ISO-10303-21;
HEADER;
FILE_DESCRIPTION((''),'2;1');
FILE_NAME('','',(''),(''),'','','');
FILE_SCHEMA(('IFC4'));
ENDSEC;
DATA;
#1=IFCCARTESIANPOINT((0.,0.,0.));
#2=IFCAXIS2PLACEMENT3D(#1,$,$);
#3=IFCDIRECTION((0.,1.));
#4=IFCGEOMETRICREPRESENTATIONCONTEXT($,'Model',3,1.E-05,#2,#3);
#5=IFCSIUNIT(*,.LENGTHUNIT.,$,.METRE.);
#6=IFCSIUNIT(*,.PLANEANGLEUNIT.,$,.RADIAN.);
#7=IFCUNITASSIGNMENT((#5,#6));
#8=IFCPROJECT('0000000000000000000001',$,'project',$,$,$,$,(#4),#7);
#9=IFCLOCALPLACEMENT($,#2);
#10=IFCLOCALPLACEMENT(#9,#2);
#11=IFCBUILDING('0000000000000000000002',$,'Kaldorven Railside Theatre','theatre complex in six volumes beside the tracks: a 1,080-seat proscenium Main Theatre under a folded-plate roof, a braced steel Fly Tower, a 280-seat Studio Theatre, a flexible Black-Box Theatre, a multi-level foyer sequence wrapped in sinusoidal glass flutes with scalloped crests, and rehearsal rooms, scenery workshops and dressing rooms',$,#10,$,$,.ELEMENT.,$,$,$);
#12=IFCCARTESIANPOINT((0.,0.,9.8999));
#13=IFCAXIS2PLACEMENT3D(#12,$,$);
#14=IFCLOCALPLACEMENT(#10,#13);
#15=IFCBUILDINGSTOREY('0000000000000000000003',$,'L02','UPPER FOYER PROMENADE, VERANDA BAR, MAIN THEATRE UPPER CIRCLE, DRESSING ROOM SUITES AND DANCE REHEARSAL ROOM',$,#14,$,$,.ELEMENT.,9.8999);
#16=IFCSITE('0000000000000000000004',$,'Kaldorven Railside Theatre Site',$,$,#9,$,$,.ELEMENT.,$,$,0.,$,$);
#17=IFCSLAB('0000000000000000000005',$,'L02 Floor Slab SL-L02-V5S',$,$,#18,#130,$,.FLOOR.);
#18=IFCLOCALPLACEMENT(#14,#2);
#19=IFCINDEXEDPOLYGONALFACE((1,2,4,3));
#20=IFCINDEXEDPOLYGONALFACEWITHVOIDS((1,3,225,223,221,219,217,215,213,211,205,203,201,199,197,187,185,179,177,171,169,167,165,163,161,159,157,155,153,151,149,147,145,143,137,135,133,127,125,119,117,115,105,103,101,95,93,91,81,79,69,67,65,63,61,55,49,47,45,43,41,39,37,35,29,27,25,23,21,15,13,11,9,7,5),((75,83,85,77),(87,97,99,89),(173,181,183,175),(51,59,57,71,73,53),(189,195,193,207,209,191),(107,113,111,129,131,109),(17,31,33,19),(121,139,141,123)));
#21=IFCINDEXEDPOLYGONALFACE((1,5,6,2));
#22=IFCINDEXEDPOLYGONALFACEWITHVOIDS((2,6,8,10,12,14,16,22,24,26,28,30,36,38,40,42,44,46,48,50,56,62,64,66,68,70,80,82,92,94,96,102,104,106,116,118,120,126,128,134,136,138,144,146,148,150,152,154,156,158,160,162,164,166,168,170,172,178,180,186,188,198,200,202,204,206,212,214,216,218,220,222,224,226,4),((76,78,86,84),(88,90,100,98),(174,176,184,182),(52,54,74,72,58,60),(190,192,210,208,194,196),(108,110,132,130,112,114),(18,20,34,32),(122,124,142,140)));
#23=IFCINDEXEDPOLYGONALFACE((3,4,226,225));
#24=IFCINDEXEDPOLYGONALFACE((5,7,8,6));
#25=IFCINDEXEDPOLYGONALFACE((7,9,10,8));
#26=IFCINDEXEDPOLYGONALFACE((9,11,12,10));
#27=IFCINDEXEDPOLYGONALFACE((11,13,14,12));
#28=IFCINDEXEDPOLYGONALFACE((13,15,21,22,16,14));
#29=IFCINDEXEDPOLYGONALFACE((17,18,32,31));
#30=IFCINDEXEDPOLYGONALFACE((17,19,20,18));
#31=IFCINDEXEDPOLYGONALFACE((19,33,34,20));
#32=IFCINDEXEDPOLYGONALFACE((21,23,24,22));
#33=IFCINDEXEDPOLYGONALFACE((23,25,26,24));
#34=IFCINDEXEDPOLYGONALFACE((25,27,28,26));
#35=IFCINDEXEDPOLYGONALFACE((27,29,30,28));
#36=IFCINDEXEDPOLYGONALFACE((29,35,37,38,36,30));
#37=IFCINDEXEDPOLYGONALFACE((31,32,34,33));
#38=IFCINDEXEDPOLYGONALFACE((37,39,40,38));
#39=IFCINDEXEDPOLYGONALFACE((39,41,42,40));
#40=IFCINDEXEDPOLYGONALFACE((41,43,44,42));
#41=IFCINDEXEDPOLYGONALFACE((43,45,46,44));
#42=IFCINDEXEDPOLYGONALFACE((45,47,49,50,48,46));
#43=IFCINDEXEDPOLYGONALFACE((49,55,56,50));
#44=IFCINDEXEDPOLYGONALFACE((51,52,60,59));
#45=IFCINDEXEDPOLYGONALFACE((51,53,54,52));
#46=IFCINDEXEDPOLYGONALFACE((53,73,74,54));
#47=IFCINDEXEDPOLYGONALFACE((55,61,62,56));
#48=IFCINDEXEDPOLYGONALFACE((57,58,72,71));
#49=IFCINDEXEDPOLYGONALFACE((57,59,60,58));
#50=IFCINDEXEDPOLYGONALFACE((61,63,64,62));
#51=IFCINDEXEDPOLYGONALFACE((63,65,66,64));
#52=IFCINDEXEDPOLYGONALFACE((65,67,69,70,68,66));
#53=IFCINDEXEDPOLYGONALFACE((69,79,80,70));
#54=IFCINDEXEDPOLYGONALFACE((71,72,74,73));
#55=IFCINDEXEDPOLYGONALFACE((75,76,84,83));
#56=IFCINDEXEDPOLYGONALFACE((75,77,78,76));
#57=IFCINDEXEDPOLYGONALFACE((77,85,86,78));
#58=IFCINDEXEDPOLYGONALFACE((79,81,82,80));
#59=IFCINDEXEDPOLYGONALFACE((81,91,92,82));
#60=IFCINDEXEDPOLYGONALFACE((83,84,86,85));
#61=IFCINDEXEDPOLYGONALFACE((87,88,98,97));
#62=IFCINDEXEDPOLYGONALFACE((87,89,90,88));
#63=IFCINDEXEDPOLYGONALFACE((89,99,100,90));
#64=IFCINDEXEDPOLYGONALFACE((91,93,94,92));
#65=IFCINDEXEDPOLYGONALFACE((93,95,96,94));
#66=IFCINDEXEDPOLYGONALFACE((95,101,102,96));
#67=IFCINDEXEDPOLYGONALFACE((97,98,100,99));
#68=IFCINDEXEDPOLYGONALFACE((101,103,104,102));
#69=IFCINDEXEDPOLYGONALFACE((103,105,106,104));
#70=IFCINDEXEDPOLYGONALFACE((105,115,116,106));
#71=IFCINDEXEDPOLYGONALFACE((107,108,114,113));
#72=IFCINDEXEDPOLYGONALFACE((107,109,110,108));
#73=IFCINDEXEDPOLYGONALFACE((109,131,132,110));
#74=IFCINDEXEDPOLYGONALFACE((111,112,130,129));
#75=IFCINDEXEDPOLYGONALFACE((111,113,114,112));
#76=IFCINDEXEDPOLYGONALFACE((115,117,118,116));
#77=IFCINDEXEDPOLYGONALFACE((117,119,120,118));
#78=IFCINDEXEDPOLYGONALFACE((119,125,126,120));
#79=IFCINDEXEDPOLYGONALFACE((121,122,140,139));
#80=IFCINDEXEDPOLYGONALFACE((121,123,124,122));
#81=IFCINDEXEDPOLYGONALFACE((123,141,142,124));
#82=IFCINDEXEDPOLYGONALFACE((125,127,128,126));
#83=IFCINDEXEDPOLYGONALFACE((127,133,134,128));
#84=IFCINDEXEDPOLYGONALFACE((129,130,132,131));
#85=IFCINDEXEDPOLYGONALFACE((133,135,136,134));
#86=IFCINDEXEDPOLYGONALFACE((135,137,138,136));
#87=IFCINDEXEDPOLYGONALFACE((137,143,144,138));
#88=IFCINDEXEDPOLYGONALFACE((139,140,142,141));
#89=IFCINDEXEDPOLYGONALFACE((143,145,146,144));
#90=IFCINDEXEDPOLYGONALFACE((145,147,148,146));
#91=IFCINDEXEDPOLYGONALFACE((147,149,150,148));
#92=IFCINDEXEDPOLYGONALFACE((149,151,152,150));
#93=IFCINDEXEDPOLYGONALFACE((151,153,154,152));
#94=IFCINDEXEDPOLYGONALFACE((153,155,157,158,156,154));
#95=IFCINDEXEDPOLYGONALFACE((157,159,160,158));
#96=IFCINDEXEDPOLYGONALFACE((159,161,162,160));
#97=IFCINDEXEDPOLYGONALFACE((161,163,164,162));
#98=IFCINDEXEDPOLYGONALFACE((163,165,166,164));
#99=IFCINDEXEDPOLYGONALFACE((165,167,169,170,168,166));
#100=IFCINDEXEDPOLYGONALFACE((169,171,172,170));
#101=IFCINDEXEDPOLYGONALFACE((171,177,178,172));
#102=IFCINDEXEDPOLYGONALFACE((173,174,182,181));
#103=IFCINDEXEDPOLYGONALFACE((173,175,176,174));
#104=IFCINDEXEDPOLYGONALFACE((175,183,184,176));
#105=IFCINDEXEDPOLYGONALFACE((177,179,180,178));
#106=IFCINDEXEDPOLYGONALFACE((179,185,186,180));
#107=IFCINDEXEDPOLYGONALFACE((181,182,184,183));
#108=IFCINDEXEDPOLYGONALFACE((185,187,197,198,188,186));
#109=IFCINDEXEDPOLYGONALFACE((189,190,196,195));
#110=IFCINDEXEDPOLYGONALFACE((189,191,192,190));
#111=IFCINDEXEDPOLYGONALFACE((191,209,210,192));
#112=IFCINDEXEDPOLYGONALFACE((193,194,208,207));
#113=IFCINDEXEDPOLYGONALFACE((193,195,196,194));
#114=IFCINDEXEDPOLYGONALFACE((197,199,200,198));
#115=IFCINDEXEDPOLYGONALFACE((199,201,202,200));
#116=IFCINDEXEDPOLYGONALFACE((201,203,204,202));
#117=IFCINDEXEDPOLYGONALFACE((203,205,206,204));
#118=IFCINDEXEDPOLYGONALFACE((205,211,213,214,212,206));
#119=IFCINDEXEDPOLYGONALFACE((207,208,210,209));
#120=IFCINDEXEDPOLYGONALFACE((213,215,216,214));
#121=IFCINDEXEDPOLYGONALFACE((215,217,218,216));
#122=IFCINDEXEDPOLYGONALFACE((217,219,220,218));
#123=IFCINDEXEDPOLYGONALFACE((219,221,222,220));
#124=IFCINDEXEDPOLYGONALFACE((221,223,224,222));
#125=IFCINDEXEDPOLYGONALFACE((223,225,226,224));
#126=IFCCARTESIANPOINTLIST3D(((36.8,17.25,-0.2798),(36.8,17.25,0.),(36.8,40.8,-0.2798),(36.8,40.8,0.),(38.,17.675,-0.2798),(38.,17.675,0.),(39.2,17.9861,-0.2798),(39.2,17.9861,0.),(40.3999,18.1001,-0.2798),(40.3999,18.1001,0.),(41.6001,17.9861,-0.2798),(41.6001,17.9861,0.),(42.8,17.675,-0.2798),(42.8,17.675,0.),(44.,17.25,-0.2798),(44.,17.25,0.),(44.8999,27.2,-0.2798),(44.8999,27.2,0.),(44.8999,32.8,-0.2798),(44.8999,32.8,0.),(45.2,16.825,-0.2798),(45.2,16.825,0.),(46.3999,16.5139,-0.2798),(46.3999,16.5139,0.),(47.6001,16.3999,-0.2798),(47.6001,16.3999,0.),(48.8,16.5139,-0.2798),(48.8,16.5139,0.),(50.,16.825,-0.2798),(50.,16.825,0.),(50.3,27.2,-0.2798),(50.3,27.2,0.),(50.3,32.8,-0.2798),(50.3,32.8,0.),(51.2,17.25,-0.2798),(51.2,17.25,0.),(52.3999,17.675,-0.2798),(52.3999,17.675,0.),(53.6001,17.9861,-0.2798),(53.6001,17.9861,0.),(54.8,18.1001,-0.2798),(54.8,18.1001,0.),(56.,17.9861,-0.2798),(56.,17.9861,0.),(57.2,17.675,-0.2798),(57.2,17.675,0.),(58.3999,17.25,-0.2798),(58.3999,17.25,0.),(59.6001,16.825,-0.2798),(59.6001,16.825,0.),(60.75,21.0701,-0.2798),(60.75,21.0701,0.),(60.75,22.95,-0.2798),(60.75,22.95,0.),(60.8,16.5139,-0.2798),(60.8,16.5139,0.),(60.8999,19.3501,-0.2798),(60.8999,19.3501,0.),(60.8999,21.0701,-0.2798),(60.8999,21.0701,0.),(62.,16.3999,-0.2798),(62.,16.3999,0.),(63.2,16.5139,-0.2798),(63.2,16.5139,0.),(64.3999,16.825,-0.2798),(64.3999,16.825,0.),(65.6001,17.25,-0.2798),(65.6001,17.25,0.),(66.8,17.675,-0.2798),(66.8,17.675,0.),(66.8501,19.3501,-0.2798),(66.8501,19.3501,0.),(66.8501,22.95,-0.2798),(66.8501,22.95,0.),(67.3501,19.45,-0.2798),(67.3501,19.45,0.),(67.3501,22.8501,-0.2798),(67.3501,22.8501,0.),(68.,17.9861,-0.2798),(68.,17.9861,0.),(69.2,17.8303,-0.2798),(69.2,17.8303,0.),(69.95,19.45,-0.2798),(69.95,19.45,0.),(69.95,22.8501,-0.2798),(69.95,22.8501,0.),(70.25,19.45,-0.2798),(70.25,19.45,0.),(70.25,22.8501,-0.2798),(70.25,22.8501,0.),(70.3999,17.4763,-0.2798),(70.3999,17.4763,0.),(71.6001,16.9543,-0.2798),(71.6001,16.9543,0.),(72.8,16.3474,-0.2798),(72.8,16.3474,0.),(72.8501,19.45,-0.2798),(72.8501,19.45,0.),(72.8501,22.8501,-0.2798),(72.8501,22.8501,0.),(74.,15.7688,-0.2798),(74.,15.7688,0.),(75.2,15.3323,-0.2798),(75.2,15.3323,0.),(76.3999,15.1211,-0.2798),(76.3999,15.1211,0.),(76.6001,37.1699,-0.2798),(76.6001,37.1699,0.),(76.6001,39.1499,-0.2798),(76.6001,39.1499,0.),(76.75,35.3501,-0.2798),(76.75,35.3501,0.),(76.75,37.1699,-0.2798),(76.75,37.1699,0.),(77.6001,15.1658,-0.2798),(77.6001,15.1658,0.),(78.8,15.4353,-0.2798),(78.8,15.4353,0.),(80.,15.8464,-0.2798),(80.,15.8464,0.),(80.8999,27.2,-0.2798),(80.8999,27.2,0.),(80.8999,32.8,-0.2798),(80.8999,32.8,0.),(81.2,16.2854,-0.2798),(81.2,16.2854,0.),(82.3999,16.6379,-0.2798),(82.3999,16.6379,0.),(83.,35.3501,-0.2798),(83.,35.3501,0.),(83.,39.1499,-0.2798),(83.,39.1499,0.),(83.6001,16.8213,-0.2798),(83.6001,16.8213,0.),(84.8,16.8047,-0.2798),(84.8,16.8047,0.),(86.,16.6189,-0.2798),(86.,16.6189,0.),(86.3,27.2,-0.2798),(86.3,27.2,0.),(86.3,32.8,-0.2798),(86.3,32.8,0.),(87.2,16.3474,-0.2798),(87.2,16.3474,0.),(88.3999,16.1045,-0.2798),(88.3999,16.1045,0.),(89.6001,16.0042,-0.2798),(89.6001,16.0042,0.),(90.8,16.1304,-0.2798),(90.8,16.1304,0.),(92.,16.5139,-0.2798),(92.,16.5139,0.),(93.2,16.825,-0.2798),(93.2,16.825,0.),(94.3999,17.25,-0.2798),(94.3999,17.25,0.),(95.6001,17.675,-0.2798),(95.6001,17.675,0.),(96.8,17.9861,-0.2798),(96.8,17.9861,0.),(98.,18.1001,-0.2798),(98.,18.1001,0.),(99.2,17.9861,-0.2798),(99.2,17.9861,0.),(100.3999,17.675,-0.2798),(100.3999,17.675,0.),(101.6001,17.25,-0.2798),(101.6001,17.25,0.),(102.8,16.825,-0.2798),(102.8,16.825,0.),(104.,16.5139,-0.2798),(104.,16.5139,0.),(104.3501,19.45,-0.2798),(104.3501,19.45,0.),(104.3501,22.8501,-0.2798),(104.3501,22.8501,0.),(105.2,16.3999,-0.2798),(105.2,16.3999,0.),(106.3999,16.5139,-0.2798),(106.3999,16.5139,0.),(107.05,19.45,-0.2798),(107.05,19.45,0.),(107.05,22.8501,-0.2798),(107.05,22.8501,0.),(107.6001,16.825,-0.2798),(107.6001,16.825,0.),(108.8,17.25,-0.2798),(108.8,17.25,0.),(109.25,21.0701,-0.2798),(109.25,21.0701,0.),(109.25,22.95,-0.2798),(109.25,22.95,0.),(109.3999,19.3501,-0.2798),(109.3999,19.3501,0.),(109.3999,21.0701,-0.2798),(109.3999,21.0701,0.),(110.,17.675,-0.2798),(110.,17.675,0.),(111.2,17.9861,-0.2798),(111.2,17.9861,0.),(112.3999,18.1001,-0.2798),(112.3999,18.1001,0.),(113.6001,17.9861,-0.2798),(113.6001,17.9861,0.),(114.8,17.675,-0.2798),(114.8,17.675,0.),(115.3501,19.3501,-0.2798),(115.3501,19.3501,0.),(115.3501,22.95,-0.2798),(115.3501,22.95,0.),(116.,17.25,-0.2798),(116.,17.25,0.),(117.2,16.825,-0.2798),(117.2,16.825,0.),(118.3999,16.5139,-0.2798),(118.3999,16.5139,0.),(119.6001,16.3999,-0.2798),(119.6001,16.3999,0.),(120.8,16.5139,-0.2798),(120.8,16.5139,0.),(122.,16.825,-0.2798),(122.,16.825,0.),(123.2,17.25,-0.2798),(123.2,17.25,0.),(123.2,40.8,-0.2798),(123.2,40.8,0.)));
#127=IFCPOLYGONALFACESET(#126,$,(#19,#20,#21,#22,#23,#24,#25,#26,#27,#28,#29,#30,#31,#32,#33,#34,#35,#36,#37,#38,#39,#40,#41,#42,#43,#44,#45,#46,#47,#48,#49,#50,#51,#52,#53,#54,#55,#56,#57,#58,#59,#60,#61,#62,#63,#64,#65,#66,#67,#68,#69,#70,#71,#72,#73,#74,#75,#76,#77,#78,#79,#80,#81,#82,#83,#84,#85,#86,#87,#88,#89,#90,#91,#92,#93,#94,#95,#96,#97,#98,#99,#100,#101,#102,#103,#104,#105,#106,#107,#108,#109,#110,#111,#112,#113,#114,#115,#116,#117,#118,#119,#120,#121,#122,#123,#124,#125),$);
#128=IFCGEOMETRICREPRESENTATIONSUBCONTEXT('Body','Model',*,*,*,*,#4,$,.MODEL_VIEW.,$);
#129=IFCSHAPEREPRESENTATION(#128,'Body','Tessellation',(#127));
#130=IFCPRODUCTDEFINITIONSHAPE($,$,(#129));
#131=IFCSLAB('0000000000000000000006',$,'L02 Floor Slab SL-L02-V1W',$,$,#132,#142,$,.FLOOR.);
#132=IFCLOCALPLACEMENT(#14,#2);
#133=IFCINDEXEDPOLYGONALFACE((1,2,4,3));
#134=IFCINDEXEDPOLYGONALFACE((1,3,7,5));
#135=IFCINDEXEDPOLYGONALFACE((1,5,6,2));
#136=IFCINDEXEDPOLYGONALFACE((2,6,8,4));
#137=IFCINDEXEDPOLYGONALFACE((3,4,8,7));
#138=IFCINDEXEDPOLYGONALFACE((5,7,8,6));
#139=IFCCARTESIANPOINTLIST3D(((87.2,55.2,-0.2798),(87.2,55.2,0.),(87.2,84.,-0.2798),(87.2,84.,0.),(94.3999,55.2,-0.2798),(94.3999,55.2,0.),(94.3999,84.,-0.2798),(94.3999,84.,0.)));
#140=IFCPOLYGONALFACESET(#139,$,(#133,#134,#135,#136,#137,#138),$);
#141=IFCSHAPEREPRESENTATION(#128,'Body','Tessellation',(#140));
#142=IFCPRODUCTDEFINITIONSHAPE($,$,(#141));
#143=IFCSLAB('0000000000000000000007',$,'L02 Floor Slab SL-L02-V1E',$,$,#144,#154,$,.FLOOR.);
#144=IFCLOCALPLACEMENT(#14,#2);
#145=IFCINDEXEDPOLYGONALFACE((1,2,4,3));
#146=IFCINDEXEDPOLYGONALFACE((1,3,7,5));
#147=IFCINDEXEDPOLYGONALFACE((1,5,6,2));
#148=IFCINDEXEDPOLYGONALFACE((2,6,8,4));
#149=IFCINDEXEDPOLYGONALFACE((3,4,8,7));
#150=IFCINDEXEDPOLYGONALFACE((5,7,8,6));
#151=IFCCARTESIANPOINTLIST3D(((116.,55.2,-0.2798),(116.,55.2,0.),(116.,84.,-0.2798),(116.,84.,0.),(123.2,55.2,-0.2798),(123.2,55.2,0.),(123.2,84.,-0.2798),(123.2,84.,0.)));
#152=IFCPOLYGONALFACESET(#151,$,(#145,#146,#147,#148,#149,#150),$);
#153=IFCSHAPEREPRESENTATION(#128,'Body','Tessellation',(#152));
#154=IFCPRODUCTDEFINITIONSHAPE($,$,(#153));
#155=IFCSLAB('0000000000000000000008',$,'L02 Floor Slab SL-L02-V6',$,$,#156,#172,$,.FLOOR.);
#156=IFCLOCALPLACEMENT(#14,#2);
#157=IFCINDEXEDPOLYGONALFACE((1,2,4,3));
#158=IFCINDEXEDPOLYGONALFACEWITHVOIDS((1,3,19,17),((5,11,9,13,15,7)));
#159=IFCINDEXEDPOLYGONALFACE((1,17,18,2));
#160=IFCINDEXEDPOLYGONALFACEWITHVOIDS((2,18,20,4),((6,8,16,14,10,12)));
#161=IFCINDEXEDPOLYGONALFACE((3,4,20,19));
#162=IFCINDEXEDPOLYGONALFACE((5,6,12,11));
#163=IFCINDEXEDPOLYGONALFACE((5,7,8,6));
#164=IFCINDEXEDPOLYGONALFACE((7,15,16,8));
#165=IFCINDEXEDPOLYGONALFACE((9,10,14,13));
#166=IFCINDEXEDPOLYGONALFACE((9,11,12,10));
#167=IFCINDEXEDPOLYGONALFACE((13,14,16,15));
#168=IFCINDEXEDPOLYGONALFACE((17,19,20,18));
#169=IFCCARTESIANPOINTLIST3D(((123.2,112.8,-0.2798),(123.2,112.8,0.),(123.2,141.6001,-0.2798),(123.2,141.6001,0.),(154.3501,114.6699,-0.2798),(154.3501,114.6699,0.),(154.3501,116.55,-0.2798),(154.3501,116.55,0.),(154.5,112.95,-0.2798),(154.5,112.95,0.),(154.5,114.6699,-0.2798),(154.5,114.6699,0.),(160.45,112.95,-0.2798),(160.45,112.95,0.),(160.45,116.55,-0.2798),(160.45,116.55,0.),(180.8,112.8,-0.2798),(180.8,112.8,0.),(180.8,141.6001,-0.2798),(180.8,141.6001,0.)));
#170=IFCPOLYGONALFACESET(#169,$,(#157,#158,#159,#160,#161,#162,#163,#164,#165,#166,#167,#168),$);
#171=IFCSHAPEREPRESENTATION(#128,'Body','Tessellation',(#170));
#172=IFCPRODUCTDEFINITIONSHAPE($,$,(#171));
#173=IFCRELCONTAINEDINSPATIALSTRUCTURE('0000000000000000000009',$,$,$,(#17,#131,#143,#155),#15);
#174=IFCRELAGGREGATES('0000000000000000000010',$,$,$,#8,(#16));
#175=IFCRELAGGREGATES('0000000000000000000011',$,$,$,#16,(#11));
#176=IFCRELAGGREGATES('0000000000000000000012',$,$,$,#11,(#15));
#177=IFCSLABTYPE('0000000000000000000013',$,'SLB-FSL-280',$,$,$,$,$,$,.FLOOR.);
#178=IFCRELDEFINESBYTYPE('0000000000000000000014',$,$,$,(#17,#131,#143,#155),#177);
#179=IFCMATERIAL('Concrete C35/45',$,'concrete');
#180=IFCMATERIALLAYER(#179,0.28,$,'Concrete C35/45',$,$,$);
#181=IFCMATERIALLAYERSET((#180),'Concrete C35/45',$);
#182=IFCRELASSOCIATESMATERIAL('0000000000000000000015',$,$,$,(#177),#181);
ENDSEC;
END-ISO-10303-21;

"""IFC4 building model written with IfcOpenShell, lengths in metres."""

from ifc_helpers import new_model, si_unit, direction, frame, origin, place, context, subcontext, project, spatial, polyline, outline, extrude, material, layer, layer_set, type_object, element, save


model = new_model("IFC4")

# Units and contexts
model_context = context("Model", 3, precision=1e-05, world=origin(), true_north=direction((0.0, 1.0)))
body_context = subcontext(model_context, "Body", "Model", "MODEL_VIEW")
ifc_project = project(units=[si_unit("LENGTHUNIT", "METRE"), si_unit("PLANEANGLEUNIT", "RADIAN")], contexts=[model_context])

# Site, building, storey
site_placement = place(None, origin())
site = spatial("IfcSite", under=ifc_project, at=site_placement, Name="Kaldorven Railside Theatre Site", CompositionType="ELEMENT", RefElevation=0.0)
building_placement = place(site_placement, origin())
building = spatial("IfcBuilding", under=site, at=building_placement, Name="Kaldorven Railside Theatre", Description="theatre complex in six volumes beside the tracks: a 1,080-seat proscenium Main Theatre under a folded-plate roof, a braced steel Fly Tower, a 280-seat Studio Theatre, a flexible Black-Box Theatre, a multi-level foyer sequence wrapped in sinusoidal glass flutes with scalloped crests, and rehearsal rooms, scenery workshops and dressing rooms", CompositionType="ELEMENT")
storey_placement = place(building_placement, frame((0.0, 0.0, 9.8999)))
storey = spatial("IfcBuildingStorey", under=building, at=storey_placement, Name="L02", Description="UPPER FOYER PROMENADE, VERANDA BAR, MAIN THEATRE UPPER CIRCLE, DRESSING ROOM SUITES AND DANCE REHEARSAL ROOM", CompositionType="ELEMENT", Elevation=9.8999)

# Slabs
ifc_material_1 = material(Name="Concrete C35/45", Category="concrete")
ifc_layer_1 = layer(ifc_material_1, 0.28, Name="Concrete C35/45")
ifc_layer_set_1 = layer_set([ifc_layer_1], Name="Concrete C35/45")
slab_type_1 = type_object("IfcSlabType", Name="SLB-FSL-280", PredefinedType="FLOOR", material=ifc_layer_set_1)
slab_1_placement = place(storey_placement, frame((0.0, 0.0, -0.2798)))
element("IfcSlab", 1, at=slab_1_placement, inside=storey, type_object=slab_type_1, Name="L02 Floor Slab SL-L02-V5S", PredefinedType="FLOOR", context=body_context, shape_type="SweptSolid", body=[
    extrude(outline(polyline([(36.8, 17.25), (38.0, 17.675), (39.2, 17.9861), (40.3999, 18.1001), (41.6001, 17.9861), (42.8, 17.675), (44.0, 17.25), (45.2, 16.825), (46.3999, 16.5139), (47.6001, 16.3999), (48.8, 16.5139), (50.0, 16.825), (51.2, 17.25), (52.3999, 17.675), (53.6001, 17.9861), (54.8, 18.1001), (56.0, 17.9861), (57.2, 17.675), (58.3999, 17.25), (59.6001, 16.825), (60.8, 16.5139), (62.0, 16.3999), (63.2, 16.5139), (64.3999, 16.825), (65.6001, 17.25), (66.8, 17.675), (68.0, 17.9861), (69.2, 17.8303), (70.3999, 17.4763), (71.6001, 16.9543), (72.8, 16.3474), (74.0, 15.7688), (75.2, 15.3323), (76.3999, 15.1211), (77.6001, 15.1658), (78.8, 15.4353), (80.0, 15.8464), (81.2, 16.2854), (82.3999, 16.6379), (83.6001, 16.8213), (84.8, 16.8047), (86.0, 16.6189), (87.2, 16.3474), (88.3999, 16.1045), (89.6001, 16.0042), (90.8, 16.1304), (92.0, 16.5139), (93.2, 16.825), (94.3999, 17.25), (95.6001, 17.675), (96.8, 17.9861), (98.0, 18.1001), (99.2, 17.9861), (100.3999, 17.675), (101.6001, 17.25), (102.8, 16.825), (104.0, 16.5139), (105.2, 16.3999), (106.3999, 16.5139), (107.6001, 16.825), (108.8, 17.25), (110.0, 17.675), (111.2, 17.9861), (112.3999, 18.1001), (113.6001, 17.9861), (114.8, 17.675), (116.0, 17.25), (117.2, 16.825), (118.3999, 16.5139), (119.6001, 16.3999), (120.8, 16.5139), (122.0, 16.825), (123.2, 17.25), (123.2, 40.8), (36.8, 40.8), (36.8, 17.25)]), holes=[polyline([(60.75, 22.95), (66.8501, 22.95), (66.8501, 19.3501), (60.8999, 19.3501), (60.8999, 21.0701), (60.75, 21.0701), (60.75, 22.95)]), polyline([(109.25, 22.95), (115.3501, 22.95), (115.3501, 19.3501), (109.3999, 19.3501), (109.3999, 21.0701), (109.25, 21.0701), (109.25, 22.95)]), polyline([(76.6001, 39.1499), (83.0, 39.1499), (83.0, 35.3501), (76.75, 35.3501), (76.75, 37.1699), (76.6001, 37.1699), (76.6001, 39.1499)]), polyline([(69.95, 19.45), (69.95, 22.8501), (67.3501, 22.8501), (67.3501, 19.45), (69.95, 19.45)]), polyline([(72.8501, 19.45), (72.8501, 22.8501), (70.25, 22.8501), (70.25, 19.45), (72.8501, 19.45)]), polyline([(107.05, 19.45), (107.05, 22.8501), (104.3501, 22.8501), (104.3501, 19.45), (107.05, 19.45)]), polyline([(80.8999, 27.2), (86.3, 27.2), (86.3, 32.8), (80.8999, 32.8), (80.8999, 27.2)]), polyline([(44.8999, 27.2), (50.3, 27.2), (50.3, 32.8), (44.8999, 32.8), (44.8999, 27.2)])]), origin(), (0.0, 0.0, 1.0), 0.2798),
])
slab_2_placement = place(storey_placement, frame((0.0, 0.0, -0.2798)))
element("IfcSlab", 2, at=slab_2_placement, inside=storey, type_object=slab_type_1, Name="L02 Floor Slab SL-L02-V1W", PredefinedType="FLOOR", context=body_context, shape_type="SweptSolid", body=[
    extrude(outline(polyline([(87.2, 55.2), (94.3999, 55.2), (94.3999, 84.0), (87.2, 84.0), (87.2, 55.2)])), origin(), (0.0, 0.0, 1.0), 0.2798),
])
slab_3_placement = place(storey_placement, frame((0.0, 0.0, -0.2798)))
element("IfcSlab", 3, at=slab_3_placement, inside=storey, type_object=slab_type_1, Name="L02 Floor Slab SL-L02-V1E", PredefinedType="FLOOR", context=body_context, shape_type="SweptSolid", body=[
    extrude(outline(polyline([(116.0, 55.2), (123.2, 55.2), (123.2, 84.0), (116.0, 84.0), (116.0, 55.2)])), origin(), (0.0, 0.0, 1.0), 0.2798),
])
slab_4_placement = place(storey_placement, frame((0.0, 0.0, -0.2798)))
element("IfcSlab", 4, at=slab_4_placement, inside=storey, type_object=slab_type_1, Name="L02 Floor Slab SL-L02-V6", PredefinedType="FLOOR", context=body_context, shape_type="SweptSolid", body=[
    extrude(outline(polyline([(123.2, 112.8), (180.8, 112.8), (180.8, 141.6001), (123.2, 141.6001), (123.2, 112.8)]), holes=[polyline([(154.3501, 116.55), (160.45, 116.55), (160.45, 112.95), (154.5, 112.95), (154.5, 114.6699), (154.3501, 114.6699), (154.3501, 116.55)])]), origin(), (0.0, 0.0, 1.0), 0.2798),
])

save(model, "model.ifc")
